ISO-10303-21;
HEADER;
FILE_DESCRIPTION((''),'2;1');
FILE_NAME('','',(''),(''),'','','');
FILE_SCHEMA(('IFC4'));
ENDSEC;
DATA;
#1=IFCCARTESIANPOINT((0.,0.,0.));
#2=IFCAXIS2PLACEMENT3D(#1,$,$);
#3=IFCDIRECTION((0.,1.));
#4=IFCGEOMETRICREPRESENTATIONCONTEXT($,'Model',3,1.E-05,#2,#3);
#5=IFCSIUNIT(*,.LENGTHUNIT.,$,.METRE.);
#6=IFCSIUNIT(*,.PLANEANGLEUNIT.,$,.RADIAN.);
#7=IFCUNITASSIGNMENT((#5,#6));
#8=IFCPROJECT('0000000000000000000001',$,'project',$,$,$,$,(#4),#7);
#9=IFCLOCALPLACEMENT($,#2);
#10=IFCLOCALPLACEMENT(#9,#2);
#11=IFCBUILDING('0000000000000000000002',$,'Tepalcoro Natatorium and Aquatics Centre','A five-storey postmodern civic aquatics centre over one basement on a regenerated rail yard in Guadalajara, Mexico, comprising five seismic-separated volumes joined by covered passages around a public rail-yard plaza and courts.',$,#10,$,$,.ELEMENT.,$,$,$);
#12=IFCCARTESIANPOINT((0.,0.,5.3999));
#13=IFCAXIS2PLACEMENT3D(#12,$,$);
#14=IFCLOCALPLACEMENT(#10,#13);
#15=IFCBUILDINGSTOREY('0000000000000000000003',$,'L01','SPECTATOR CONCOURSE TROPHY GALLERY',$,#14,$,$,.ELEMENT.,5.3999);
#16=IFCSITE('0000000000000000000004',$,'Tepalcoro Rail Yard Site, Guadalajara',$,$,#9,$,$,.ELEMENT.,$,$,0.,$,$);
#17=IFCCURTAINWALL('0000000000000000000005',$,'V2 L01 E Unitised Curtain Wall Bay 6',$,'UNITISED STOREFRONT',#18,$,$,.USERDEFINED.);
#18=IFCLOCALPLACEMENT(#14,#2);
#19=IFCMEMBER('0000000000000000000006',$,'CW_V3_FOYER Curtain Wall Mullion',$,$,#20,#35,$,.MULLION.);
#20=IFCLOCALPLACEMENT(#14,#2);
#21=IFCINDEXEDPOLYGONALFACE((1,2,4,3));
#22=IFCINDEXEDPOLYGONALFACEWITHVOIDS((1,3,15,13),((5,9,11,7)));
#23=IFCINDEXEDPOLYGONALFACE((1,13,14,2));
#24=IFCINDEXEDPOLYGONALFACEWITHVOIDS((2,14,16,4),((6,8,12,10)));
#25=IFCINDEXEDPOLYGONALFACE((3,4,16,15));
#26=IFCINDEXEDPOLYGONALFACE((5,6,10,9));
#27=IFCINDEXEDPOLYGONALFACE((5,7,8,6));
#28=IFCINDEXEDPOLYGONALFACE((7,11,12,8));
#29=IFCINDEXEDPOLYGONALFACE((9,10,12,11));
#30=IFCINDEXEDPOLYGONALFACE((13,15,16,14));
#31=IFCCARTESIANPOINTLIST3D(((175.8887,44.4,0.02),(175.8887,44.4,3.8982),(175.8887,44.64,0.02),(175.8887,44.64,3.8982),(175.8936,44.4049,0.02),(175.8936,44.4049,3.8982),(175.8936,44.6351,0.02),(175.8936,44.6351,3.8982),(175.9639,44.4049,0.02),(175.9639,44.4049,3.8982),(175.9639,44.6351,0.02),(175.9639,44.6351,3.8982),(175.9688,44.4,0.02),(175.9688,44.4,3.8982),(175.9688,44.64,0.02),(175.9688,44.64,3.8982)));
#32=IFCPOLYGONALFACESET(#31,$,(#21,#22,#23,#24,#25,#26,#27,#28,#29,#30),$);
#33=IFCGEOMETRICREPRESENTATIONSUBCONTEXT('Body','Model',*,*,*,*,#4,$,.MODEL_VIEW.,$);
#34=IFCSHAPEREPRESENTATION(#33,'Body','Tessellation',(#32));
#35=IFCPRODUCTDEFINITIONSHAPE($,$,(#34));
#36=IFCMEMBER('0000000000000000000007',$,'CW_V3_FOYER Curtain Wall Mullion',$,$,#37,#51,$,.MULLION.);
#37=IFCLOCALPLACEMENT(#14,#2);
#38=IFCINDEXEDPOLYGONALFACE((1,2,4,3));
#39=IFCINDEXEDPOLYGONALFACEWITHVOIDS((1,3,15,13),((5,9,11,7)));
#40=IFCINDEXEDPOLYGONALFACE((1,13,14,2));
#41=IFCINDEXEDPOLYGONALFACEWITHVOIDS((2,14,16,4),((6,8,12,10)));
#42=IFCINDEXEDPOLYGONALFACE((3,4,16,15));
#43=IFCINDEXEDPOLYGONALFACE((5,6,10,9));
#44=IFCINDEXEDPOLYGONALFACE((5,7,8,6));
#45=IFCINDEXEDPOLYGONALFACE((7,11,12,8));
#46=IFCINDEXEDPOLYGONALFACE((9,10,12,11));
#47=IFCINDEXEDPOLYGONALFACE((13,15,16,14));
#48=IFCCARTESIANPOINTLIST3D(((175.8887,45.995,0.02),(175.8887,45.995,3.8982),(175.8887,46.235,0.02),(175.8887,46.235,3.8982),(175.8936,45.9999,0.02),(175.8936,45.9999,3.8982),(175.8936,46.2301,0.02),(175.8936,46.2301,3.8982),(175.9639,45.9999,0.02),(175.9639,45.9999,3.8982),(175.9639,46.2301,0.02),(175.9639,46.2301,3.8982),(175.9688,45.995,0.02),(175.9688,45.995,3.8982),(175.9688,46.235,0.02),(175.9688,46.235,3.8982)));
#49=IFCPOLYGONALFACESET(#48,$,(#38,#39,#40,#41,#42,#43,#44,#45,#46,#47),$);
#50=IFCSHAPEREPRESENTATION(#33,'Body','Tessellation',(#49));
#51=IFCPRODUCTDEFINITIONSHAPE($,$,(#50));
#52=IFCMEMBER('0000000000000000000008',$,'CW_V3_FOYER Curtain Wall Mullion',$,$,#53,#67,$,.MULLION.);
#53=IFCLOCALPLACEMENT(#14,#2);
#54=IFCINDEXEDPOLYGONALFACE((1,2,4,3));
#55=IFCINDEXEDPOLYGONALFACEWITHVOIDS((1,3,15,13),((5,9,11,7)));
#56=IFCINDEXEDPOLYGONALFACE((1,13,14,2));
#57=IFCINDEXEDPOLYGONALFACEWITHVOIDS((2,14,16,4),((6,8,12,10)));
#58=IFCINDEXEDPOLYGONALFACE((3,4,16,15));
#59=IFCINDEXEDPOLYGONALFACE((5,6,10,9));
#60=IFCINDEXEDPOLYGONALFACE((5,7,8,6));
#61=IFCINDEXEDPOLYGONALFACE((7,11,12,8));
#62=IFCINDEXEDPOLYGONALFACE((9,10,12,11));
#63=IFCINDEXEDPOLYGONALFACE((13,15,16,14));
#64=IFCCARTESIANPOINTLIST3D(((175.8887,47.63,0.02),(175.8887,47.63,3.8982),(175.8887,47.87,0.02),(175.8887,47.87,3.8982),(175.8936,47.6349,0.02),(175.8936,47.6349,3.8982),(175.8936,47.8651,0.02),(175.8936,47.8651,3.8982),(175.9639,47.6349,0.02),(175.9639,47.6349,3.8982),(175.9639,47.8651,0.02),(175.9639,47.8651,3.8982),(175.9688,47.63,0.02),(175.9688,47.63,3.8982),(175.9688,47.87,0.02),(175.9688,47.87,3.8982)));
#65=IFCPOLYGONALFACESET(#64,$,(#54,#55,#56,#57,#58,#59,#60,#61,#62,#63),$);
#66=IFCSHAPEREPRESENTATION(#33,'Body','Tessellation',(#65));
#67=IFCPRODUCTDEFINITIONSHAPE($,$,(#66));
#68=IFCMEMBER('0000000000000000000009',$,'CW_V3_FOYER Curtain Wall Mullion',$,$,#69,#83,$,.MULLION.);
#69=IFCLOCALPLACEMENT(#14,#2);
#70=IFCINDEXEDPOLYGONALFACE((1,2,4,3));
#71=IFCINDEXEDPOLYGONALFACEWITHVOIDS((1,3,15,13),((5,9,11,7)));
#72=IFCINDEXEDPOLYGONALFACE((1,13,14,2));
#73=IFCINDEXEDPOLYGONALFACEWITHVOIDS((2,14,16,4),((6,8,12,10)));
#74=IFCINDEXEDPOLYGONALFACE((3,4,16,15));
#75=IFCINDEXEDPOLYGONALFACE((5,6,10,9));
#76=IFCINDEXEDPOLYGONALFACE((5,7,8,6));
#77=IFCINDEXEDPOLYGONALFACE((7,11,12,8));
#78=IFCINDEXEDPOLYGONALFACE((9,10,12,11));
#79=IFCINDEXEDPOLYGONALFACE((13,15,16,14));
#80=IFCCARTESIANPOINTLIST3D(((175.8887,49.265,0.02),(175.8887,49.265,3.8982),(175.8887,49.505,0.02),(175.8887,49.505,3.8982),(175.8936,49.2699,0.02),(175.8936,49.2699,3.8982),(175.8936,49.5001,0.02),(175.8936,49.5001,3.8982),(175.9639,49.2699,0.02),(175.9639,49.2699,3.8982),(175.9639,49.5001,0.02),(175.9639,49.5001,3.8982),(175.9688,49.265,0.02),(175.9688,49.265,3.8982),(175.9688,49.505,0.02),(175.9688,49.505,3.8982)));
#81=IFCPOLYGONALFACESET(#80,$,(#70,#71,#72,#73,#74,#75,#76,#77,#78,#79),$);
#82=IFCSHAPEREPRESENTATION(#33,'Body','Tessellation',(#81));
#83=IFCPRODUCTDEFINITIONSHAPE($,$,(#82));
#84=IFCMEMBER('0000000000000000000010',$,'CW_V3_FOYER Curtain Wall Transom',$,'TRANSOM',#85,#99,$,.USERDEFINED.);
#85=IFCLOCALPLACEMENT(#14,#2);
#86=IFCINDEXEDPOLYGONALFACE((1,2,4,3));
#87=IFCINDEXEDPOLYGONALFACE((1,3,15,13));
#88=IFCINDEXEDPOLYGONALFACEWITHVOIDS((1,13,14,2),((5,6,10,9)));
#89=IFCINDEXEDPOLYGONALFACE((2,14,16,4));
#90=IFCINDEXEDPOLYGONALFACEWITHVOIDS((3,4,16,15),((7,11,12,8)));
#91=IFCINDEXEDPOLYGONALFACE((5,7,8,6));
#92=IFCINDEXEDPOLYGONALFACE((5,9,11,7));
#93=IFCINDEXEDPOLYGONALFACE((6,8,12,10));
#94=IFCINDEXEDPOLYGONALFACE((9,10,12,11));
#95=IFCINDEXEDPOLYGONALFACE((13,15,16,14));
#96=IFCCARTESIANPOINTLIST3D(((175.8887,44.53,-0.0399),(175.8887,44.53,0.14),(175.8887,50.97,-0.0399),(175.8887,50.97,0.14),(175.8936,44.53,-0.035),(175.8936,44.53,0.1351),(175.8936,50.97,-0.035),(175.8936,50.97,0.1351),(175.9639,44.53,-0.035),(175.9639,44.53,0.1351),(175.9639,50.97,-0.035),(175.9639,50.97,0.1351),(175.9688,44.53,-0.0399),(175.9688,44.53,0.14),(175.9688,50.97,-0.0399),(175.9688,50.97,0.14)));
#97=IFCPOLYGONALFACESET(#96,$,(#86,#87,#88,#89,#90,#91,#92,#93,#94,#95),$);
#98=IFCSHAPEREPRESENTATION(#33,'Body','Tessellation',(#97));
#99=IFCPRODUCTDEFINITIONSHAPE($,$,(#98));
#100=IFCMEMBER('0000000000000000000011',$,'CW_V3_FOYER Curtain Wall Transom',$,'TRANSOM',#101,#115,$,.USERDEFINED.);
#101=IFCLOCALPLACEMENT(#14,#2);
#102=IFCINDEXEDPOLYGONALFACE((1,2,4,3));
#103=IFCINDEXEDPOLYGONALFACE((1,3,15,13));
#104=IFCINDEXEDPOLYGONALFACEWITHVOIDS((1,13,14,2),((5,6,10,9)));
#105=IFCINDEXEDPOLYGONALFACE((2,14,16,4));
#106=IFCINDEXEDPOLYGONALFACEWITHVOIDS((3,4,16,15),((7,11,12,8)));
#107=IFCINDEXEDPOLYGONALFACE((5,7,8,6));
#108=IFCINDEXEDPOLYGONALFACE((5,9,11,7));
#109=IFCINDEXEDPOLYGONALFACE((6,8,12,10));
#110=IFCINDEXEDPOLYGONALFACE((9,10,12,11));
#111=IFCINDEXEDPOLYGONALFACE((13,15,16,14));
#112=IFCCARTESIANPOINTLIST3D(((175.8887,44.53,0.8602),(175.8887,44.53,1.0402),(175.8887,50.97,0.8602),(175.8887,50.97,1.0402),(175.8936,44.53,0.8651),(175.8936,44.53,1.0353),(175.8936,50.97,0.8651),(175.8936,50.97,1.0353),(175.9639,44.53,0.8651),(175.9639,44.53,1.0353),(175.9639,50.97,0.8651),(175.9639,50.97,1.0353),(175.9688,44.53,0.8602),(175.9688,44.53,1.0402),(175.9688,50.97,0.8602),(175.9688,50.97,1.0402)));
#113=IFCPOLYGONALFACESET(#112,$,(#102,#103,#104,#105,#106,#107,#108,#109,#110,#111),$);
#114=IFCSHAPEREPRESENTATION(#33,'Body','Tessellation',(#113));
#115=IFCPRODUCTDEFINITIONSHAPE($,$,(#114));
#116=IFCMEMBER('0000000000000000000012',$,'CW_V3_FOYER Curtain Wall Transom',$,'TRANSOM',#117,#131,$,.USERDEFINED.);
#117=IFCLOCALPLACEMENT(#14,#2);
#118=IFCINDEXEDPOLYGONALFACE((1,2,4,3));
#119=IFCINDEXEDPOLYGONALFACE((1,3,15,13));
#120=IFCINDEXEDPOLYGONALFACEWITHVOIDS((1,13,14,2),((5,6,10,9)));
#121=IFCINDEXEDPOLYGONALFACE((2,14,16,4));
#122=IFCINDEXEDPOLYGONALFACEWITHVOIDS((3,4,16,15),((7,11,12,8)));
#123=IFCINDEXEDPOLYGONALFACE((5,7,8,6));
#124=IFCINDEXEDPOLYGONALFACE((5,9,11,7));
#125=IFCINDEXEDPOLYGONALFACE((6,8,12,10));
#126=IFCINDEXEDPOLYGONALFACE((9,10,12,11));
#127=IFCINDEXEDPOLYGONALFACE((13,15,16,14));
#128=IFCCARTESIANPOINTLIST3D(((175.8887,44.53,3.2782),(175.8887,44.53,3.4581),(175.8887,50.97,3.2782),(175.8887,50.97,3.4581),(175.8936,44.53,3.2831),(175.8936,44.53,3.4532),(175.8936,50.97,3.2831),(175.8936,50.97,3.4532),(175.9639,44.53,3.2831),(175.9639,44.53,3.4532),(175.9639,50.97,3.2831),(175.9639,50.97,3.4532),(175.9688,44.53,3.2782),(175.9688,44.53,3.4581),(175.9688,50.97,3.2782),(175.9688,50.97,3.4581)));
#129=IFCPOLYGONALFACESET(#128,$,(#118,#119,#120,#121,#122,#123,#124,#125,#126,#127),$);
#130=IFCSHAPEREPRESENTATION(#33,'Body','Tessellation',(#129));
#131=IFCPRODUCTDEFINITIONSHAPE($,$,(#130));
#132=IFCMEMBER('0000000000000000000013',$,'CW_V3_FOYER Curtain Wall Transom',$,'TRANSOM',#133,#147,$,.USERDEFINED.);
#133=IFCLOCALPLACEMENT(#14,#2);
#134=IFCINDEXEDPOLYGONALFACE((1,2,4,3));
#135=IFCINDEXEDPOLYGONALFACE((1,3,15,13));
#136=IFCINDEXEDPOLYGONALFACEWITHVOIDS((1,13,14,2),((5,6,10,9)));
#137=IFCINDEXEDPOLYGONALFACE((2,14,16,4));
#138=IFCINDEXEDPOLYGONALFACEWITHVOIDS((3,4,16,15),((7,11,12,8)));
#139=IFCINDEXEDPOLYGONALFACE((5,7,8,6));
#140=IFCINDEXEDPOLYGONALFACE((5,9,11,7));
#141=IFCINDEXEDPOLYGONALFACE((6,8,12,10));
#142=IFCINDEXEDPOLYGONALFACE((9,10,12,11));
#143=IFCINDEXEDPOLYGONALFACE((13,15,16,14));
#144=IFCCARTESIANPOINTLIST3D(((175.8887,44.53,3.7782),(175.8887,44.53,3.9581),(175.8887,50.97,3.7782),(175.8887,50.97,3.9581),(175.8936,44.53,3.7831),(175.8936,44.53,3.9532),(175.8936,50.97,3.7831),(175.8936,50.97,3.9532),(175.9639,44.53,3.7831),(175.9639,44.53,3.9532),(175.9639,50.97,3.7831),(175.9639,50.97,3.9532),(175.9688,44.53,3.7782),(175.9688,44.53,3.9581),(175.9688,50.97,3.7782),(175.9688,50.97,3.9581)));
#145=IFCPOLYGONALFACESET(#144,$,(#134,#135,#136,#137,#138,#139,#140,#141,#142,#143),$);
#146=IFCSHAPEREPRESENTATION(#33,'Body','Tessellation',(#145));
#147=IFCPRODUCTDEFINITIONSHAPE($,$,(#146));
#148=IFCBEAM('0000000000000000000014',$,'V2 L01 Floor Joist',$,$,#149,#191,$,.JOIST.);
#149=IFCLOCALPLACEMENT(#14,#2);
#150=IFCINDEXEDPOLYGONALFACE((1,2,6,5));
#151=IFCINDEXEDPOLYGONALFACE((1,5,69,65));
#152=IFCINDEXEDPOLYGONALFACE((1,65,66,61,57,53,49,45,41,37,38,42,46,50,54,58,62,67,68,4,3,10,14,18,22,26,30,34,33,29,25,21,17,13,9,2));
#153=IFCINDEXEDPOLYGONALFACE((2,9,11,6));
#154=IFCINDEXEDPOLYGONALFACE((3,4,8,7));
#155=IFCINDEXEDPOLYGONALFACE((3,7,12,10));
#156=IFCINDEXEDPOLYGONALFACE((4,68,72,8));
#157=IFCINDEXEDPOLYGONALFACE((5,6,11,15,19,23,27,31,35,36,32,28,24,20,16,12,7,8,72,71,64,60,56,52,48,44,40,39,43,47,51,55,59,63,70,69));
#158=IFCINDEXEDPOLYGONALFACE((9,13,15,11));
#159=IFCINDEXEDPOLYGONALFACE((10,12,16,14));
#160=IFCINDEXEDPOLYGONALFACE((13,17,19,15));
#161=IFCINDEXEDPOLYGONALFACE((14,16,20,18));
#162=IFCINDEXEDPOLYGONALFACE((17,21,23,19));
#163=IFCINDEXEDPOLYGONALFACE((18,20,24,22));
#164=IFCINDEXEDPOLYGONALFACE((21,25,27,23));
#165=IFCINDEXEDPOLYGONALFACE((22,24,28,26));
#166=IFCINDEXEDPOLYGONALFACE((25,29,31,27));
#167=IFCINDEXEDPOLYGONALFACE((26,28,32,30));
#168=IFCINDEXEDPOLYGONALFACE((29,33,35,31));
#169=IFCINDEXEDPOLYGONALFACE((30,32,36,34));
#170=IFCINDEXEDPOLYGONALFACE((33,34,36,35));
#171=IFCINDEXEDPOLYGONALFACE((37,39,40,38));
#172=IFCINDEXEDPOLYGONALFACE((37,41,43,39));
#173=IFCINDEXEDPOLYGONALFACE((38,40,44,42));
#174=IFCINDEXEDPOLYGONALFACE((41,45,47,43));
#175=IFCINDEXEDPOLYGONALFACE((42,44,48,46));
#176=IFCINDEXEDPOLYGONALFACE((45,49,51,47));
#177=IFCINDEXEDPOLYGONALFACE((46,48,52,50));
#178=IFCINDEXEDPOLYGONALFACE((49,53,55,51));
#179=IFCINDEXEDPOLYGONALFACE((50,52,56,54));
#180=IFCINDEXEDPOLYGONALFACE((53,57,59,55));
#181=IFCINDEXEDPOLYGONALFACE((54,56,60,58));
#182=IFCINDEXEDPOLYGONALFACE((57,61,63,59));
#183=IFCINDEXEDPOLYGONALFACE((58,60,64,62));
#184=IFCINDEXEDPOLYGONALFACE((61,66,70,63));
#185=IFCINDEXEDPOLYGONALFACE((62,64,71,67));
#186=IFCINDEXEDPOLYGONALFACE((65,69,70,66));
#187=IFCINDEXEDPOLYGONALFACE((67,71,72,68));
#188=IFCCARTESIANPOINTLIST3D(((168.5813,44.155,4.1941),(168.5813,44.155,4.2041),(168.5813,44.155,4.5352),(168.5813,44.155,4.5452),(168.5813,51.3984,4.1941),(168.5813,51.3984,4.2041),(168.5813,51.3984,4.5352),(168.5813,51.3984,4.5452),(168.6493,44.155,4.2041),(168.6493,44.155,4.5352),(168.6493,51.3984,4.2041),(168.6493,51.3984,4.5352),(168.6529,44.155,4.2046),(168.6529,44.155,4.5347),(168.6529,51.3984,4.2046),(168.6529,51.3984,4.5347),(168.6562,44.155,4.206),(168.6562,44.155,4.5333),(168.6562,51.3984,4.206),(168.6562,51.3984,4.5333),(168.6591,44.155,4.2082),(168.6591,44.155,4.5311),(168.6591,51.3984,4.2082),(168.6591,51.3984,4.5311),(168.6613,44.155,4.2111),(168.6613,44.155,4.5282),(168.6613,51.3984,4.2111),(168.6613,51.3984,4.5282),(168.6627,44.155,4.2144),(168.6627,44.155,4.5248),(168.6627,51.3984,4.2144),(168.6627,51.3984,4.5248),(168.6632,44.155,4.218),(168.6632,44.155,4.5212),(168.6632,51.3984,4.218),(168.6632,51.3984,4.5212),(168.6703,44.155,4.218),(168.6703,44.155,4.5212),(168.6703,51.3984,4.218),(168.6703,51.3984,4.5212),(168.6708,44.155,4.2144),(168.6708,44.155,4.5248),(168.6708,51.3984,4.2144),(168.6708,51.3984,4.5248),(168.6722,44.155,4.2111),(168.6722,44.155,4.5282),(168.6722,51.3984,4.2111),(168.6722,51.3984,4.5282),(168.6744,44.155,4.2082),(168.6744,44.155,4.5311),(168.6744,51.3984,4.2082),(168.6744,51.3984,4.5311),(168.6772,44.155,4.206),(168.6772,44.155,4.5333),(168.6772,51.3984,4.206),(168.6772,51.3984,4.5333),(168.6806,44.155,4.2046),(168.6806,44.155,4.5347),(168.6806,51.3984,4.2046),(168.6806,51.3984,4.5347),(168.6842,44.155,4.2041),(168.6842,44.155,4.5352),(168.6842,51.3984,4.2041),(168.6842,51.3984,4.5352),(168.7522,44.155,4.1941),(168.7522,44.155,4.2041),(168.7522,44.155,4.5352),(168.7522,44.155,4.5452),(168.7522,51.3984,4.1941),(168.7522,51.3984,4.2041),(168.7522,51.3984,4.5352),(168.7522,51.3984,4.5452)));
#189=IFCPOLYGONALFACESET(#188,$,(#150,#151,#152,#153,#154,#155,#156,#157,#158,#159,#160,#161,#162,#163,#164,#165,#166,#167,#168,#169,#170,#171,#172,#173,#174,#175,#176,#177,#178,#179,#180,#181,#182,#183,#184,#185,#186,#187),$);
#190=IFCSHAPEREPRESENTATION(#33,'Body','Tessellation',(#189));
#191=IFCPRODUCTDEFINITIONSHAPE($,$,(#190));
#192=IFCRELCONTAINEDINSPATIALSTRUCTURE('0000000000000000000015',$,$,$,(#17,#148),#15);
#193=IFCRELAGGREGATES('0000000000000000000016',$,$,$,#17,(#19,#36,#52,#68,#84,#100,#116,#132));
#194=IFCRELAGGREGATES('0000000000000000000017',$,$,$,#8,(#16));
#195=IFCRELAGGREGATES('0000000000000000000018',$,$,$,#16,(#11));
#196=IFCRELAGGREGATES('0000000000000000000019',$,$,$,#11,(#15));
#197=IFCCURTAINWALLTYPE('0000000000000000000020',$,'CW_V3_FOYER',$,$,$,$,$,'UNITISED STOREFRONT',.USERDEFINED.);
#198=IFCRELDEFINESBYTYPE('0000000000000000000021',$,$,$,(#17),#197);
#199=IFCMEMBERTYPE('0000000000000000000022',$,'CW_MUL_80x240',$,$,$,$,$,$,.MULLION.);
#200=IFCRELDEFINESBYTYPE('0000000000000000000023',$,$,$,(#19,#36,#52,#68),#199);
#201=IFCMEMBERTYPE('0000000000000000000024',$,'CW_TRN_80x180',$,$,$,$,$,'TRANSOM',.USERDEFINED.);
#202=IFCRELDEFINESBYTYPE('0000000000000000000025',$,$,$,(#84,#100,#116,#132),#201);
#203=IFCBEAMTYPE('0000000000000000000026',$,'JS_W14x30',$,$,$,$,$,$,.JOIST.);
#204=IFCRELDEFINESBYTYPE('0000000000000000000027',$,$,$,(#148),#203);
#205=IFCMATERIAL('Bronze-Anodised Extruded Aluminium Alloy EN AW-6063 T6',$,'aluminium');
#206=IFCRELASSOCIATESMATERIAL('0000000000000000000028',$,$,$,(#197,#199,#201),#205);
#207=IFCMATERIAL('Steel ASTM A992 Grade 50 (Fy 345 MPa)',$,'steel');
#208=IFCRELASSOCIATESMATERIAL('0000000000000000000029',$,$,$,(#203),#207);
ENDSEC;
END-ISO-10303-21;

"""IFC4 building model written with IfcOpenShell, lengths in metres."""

from ifc_helpers import new_model, si_unit, direction, frame, origin, origin_2d, place, context, subcontext, project, spatial, hollow_rectangle, i_section, extrude, material, material_profile, profile_set, type_object, element, aggregate, save


model = new_model("IFC4")

# Units and contexts
model_context = context("Model", 3, precision=1e-05, world=origin(), true_north=direction((0.0, 1.0)))
body_context = subcontext(model_context, "Body", "Model", "MODEL_VIEW")
ifc_project = project(units=[si_unit("LENGTHUNIT", "METRE"), si_unit("PLANEANGLEUNIT", "RADIAN")], contexts=[model_context])

# Site, building, storey
site_placement = place(None, origin())
site = spatial("IfcSite", under=ifc_project, at=site_placement, Name="Tepalcoro Rail Yard Site, Guadalajara", CompositionType="ELEMENT", RefElevation=0.0)
building_placement = place(site_placement, origin())
building = spatial("IfcBuilding", under=site, at=building_placement, Name="Tepalcoro Natatorium and Aquatics Centre", Description="A five-storey postmodern civic aquatics centre over one basement on a regenerated rail yard in Guadalajara, Mexico, comprising five seismic-separated volumes joined by covered passages around a public rail-yard plaza and courts.", CompositionType="ELEMENT")
storey_placement = place(building_placement, frame((0.0, 0.0, 5.3999)))
storey = spatial("IfcBuildingStorey", under=building, at=storey_placement, Name="L01", Description="SPECTATOR CONCOURSE TROPHY GALLERY", CompositionType="ELEMENT", Elevation=5.3999)

# Shared definitions
ifc_material_1 = material(Name="Steel ASTM A992 Grade 50 (Fy 345 MPa)", Category="steel")

# Curtain wall, members
ifc_material_2 = material(Name="Bronze-Anodised Extruded Aluminium Alloy EN AW-6063 T6", Category="aluminium")
curtain_wall_type = type_object("IfcCurtainWallType", Name="CW_V3_FOYER", ElementType="UNITISED STOREFRONT", PredefinedType="USERDEFINED", material=ifc_material_2)
curtain_wall_placement = place(storey_placement, origin())
curtain_wall = element("IfcCurtainWall", 1, at=curtain_wall_placement, inside=storey, type_object=curtain_wall_type, Name="V2 L01 E Unitised Curtain Wall Bay 6", ObjectType="UNITISED STOREFRONT", PredefinedType="USERDEFINED")
ifc_material_profile_1 = material_profile(ifc_material_2, hollow_rectangle(XDim=0.0801, YDim=0.24, WallThickness=0.0049, at=origin_2d()), Name="AL80X240X5")
ifc_profile_set_1 = profile_set([ifc_material_profile_1], Name="Bronze-Anodised Extruded Aluminium Alloy EN AW-6063 T6")
member_type_1 = type_object("IfcMemberType", Name="CW_MUL_80x240", PredefinedType="MULLION", material=ifc_profile_set_1)
member_1_placement = place(storey_placement, frame((175.9287, 44.52, 0.02), z_axis=(0.0, 0.0, 1.0), x_axis=(1.0, 0.0, 0.0)))
member_1 = element("IfcMember", 2, at=member_1_placement, type_object=member_type_1, Name="CW_V3_FOYER Curtain Wall Mullion", PredefinedType="MULLION", context=body_context, shape_type="SweptSolid", body=[
    extrude(hollow_rectangle(XDim=0.0801, YDim=0.24, WallThickness=0.0049, at=origin_2d()), origin(), (0.0, 0.0, 1.0), 3.8782),
])
member_2_placement = place(storey_placement, frame((175.9287, 46.115, 0.02), z_axis=(0.0, 0.0, 1.0), x_axis=(1.0, 0.0, 0.0)))
member_2 = element("IfcMember", 3, at=member_2_placement, type_object=member_type_1, Name="CW_V3_FOYER Curtain Wall Mullion", PredefinedType="MULLION", context=body_context, shape_type="SweptSolid", body=[
    extrude(hollow_rectangle(XDim=0.0801, YDim=0.24, WallThickness=0.0049, at=origin_2d()), origin(), (0.0, 0.0, 1.0), 3.8782),
])
member_3_placement = place(storey_placement, frame((175.9287, 47.75, 0.02), z_axis=(0.0, 0.0, 1.0), x_axis=(1.0, 0.0, 0.0)))
member_3 = element("IfcMember", 4, at=member_3_placement, type_object=member_type_1, Name="CW_V3_FOYER Curtain Wall Mullion", PredefinedType="MULLION", context=body_context, shape_type="SweptSolid", body=[
    extrude(hollow_rectangle(XDim=0.0801, YDim=0.24, WallThickness=0.0049, at=origin_2d()), origin(), (0.0, 0.0, 1.0), 3.8782),
])
member_4_placement = place(storey_placement, frame((175.9287, 49.385, 0.02), z_axis=(0.0, 0.0, 1.0), x_axis=(1.0, 0.0, 0.0)))
member_4 = element("IfcMember", 5, at=member_4_placement, type_object=member_type_1, Name="CW_V3_FOYER Curtain Wall Mullion", PredefinedType="MULLION", context=body_context, shape_type="SweptSolid", body=[
    extrude(hollow_rectangle(XDim=0.0801, YDim=0.24, WallThickness=0.0049, at=origin_2d()), origin(), (0.0, 0.0, 1.0), 3.8782),
])
ifc_material_profile_2 = material_profile(ifc_material_2, hollow_rectangle(XDim=0.0801, YDim=0.1799, WallThickness=0.0049, at=origin_2d()), Name="AL80X180X5")
ifc_profile_set_2 = profile_set([ifc_material_profile_2], Name="Bronze-Anodised Extruded Aluminium Alloy EN AW-6063 T6")
member_type_2 = type_object("IfcMemberType", Name="CW_TRN_80x180", ElementType="TRANSOM", PredefinedType="USERDEFINED", material=ifc_profile_set_2)
member_5_placement = place(storey_placement, frame((175.9287, 44.53, 0.05), z_axis=(0.0, 1.0, 0.0), x_axis=(-1.0, 0.0, 0.0)))
member_5 = element("IfcMember", 6, at=member_5_placement, type_object=member_type_2, Name="CW_V3_FOYER Curtain Wall Transom", ObjectType="TRANSOM", PredefinedType="USERDEFINED", context=body_context, shape_type="SweptSolid", body=[
    extrude(hollow_rectangle(XDim=0.0801, YDim=0.1799, WallThickness=0.0049, at=origin_2d()), origin(), (0.0, 0.0, 1.0), 6.4399),
])
member_6_placement = place(storey_placement, frame((175.9287, 44.53, 0.9502), z_axis=(0.0, 1.0, 0.0), x_axis=(-1.0, 0.0, 0.0)))
member_6 = element("IfcMember", 7, at=member_6_placement, type_object=member_type_2, Name="CW_V3_FOYER Curtain Wall Transom", ObjectType="TRANSOM", PredefinedType="USERDEFINED", context=body_context, shape_type="SweptSolid", body=[
    extrude(hollow_rectangle(XDim=0.0801, YDim=0.1799, WallThickness=0.0049, at=origin_2d()), origin(), (0.0, 0.0, 1.0), 6.4399),
])
member_7_placement = place(storey_placement, frame((175.9287, 44.53, 3.3682), z_axis=(0.0, 1.0, 0.0), x_axis=(-1.0, 0.0, 0.0)))
member_7 = element("IfcMember", 8, at=member_7_placement, type_object=member_type_2, Name="CW_V3_FOYER Curtain Wall Transom", ObjectType="TRANSOM", PredefinedType="USERDEFINED", context=body_context, shape_type="SweptSolid", body=[
    extrude(hollow_rectangle(XDim=0.0801, YDim=0.1799, WallThickness=0.0049, at=origin_2d()), origin(), (0.0, 0.0, 1.0), 6.4399),
])
member_8_placement = place(storey_placement, frame((175.9287, 44.53, 3.8682), z_axis=(0.0, 1.0, 0.0), x_axis=(-1.0, 0.0, 0.0)))
member_8 = element("IfcMember", 9, at=member_8_placement, type_object=member_type_2, Name="CW_V3_FOYER Curtain Wall Transom", ObjectType="TRANSOM", PredefinedType="USERDEFINED", context=body_context, shape_type="SweptSolid", body=[
    extrude(hollow_rectangle(XDim=0.0801, YDim=0.1799, WallThickness=0.0049, at=origin_2d()), origin(), (0.0, 0.0, 1.0), 6.4399),
])

# Beam
ifc_material_profile_3 = material_profile(ifc_material_1, i_section(OverallWidth=0.1709, OverallDepth=0.3511, WebThickness=0.0071, FlangeThickness=0.01, FilletRadius=0.0139, at=origin_2d()), Name="W14X30")
ifc_profile_set_3 = profile_set([ifc_material_profile_3], Name="Steel ASTM A992 Grade 50 (Fy 345 MPa)")
beam_type_1 = type_object("IfcBeamType", Name="JS_W14x30", PredefinedType="JOIST", material=ifc_profile_set_3)
beam_1_placement = place(storey_placement, frame((168.6667, 44.155, 4.3696), z_axis=(0.0, 1.0, 0.0), x_axis=(-1.0, 0.0, 0.0)))
element("IfcBeam", 10, at=beam_1_placement, inside=storey, type_object=beam_type_1, Name="V2 L01 Floor Joist", PredefinedType="JOIST", context=body_context, shape_type="SweptSolid", body=[
    extrude(i_section(OverallWidth=0.1709, OverallDepth=0.3511, WebThickness=0.0071, FlangeThickness=0.01, FilletRadius=0.0139, at=origin_2d()), origin(), (0.0, 0.0, 1.0), 7.2434),
])

aggregate(curtain_wall, [member_1, member_2, member_3, member_4, member_5, member_6, member_7, member_8])

save(model, "model.ifc")
